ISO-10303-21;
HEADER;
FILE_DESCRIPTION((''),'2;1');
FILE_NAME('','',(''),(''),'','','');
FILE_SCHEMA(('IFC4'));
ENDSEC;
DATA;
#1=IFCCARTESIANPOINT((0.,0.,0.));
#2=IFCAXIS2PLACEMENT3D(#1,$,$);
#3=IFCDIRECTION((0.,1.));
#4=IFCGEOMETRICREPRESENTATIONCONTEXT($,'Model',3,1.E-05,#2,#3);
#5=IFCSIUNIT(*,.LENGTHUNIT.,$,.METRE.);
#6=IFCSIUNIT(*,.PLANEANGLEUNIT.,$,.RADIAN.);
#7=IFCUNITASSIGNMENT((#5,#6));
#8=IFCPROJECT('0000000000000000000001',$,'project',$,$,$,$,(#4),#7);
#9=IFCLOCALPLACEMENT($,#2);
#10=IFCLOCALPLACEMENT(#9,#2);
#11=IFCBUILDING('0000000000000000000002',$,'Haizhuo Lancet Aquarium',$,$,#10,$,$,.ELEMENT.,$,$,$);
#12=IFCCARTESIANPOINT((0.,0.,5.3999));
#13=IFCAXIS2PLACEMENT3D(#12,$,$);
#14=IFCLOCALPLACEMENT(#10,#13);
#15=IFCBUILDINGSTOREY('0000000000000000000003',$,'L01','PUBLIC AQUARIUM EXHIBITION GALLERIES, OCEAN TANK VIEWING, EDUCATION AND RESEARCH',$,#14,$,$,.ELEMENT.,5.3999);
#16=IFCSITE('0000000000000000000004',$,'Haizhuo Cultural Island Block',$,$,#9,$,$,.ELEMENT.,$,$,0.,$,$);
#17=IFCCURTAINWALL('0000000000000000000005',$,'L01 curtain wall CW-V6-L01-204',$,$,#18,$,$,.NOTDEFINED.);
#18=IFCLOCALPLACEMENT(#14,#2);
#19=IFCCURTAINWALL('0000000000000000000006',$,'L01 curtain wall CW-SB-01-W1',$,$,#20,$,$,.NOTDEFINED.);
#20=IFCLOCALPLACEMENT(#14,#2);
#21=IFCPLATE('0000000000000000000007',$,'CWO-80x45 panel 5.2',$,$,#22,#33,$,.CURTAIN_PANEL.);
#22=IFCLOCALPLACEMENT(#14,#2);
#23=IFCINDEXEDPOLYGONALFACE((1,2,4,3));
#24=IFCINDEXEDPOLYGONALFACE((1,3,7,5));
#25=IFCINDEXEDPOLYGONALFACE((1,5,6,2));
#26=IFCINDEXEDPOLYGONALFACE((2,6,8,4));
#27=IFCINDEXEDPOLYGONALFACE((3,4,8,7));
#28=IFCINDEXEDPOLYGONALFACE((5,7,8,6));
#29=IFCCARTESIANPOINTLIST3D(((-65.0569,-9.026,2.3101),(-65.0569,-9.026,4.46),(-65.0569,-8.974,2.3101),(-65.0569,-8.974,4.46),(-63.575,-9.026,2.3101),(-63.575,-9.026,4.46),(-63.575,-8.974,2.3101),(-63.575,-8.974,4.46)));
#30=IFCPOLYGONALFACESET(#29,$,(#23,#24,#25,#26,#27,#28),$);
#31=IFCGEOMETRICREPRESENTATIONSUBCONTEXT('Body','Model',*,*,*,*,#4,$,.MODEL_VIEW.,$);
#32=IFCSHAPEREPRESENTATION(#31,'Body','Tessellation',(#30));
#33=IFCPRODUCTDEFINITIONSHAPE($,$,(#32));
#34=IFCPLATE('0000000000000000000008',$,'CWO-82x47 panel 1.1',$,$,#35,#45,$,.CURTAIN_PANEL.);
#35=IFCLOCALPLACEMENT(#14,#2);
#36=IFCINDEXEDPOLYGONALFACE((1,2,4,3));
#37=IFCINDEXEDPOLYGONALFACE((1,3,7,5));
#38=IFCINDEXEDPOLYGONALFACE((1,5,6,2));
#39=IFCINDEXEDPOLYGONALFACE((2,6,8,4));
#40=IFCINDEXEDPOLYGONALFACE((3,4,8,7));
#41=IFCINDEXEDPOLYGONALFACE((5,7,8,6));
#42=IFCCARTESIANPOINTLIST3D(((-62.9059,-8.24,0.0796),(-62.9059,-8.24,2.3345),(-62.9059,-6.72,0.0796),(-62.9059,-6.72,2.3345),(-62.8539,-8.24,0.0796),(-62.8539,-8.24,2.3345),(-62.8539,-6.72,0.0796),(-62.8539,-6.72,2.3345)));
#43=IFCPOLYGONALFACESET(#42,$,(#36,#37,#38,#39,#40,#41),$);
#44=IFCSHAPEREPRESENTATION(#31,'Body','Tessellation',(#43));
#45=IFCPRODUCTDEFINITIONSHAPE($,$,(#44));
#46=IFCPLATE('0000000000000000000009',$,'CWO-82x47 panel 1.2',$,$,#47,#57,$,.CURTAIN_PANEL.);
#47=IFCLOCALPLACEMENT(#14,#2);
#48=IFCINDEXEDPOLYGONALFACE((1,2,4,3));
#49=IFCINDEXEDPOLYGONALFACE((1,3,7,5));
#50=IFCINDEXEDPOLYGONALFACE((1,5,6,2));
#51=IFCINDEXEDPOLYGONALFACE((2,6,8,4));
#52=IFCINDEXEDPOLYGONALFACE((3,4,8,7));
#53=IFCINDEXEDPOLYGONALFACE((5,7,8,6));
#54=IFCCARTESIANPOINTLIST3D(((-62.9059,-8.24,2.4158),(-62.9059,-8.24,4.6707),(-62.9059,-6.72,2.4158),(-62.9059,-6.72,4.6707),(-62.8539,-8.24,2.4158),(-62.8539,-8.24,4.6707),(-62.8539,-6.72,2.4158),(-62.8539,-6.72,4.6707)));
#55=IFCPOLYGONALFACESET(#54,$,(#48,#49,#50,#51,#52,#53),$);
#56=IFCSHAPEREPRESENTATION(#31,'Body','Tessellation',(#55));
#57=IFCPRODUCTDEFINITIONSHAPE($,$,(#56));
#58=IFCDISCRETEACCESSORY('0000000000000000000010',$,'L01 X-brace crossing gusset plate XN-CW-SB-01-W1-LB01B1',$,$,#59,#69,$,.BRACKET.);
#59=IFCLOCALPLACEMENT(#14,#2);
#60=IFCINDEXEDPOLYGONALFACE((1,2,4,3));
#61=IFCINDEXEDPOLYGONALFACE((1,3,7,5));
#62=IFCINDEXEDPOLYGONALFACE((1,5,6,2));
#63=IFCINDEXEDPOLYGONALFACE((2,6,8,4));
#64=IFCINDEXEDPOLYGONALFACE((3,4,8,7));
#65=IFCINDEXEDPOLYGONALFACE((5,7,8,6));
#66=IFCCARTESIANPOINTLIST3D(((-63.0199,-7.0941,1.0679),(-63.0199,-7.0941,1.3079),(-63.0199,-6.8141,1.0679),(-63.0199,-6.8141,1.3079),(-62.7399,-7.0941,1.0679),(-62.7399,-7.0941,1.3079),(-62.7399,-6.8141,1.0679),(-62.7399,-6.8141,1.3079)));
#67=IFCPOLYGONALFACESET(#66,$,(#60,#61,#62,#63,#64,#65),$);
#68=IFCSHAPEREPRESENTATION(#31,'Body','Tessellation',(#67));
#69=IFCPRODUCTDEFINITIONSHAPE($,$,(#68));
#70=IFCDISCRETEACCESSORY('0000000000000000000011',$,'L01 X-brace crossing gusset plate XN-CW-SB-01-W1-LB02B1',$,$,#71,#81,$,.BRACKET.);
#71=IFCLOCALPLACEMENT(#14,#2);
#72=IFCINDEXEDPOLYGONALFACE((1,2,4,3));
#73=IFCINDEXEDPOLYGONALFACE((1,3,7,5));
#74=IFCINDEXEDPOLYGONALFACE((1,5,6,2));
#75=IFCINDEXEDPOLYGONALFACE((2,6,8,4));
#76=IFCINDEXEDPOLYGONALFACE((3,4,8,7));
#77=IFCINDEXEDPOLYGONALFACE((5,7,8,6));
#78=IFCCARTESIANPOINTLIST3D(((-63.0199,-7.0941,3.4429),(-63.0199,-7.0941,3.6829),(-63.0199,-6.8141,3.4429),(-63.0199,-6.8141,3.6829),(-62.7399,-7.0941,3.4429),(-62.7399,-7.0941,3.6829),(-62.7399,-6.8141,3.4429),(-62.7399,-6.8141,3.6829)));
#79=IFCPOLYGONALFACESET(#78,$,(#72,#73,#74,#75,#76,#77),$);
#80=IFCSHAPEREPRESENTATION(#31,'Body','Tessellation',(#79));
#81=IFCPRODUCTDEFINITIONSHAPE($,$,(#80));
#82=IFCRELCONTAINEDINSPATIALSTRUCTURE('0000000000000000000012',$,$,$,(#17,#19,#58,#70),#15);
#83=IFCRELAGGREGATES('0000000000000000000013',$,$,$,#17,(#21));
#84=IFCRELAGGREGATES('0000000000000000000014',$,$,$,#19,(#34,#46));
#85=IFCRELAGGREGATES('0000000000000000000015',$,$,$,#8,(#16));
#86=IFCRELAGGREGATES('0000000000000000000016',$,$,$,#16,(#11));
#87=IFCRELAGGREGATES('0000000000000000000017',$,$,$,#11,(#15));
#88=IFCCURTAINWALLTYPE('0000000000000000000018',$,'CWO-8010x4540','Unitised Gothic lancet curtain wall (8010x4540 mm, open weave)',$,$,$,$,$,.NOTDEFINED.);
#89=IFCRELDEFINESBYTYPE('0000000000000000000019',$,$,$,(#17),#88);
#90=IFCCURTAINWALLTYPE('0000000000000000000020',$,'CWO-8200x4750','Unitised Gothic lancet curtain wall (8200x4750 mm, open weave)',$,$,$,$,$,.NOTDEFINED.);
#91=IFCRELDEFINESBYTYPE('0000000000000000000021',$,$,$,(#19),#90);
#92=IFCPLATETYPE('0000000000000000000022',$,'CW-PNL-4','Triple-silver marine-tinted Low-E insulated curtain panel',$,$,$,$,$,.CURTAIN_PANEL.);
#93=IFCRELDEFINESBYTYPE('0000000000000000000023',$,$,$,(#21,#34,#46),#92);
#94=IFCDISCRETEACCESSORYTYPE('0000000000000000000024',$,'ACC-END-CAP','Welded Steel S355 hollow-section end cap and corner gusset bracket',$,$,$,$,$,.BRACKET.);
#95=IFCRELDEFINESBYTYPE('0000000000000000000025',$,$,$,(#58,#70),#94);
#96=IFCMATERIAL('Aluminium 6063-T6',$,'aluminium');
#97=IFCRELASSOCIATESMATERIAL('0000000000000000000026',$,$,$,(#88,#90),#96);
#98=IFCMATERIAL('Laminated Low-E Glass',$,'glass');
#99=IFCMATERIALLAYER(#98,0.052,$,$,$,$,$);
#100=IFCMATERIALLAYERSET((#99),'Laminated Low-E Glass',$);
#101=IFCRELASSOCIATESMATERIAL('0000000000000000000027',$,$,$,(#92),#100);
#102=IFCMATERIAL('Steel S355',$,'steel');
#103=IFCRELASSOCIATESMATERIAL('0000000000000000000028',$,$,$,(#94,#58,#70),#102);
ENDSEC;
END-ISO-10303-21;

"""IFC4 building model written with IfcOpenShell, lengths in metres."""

from ifc_helpers import new_model, si_unit, direction, frame, origin, origin_2d, place, context, subcontext, project, spatial, rectangle, extrude, material, layer, layer_set, type_object, element, aggregate, save


model = new_model("IFC4")

# Units and contexts
model_context = context("Model", 3, precision=1e-05, world=origin(), true_north=direction((0.0, 1.0)))
body_context = subcontext(model_context, "Body", "Model", "MODEL_VIEW")
ifc_project = project(units=[si_unit("LENGTHUNIT", "METRE"), si_unit("PLANEANGLEUNIT", "RADIAN")], contexts=[model_context])

# Site, building, storey
site_placement = place(None, origin())
site = spatial("IfcSite", under=ifc_project, at=site_placement, Name="Haizhuo Cultural Island Block", CompositionType="ELEMENT", RefElevation=0.0)
building_placement = place(site_placement, origin())
building = spatial("IfcBuilding", under=site, at=building_placement, Name="Haizhuo Lancet Aquarium", CompositionType="ELEMENT")
storey_placement = place(building_placement, frame((0.0, 0.0, 5.3999)))
storey = spatial("IfcBuildingStorey", under=building, at=storey_placement, Name="L01", Description="PUBLIC AQUARIUM EXHIBITION GALLERIES, OCEAN TANK VIEWING, EDUCATION AND RESEARCH", CompositionType="ELEMENT", Elevation=5.3999)

# Shared definitions
ifc_material_1 = material(Name="Steel S355", Category="steel")

# Curtain wall
ifc_material_2 = material(Name="Aluminium 6063-T6", Category="aluminium")
curtain_wall_type_1 = type_object("IfcCurtainWallType", Name="CWO-8010x4540", Description="Unitised Gothic lancet curtain wall (8010x4540 mm, open weave)", PredefinedType="NOTDEFINED", material=ifc_material_2)
curtain_wall_1_placement = place(storey_placement, origin())
curtain_wall_1 = element("IfcCurtainWall", 1, at=curtain_wall_1_placement, inside=storey, type_object=curtain_wall_type_1, Name="L01 curtain wall CW-V6-L01-204", PredefinedType="NOTDEFINED")

# Curtain wall
curtain_wall_type_2 = type_object("IfcCurtainWallType", Name="CWO-8200x4750", Description="Unitised Gothic lancet curtain wall (8200x4750 mm, open weave)", PredefinedType="NOTDEFINED", material=ifc_material_2)
curtain_wall_2_placement = place(storey_placement, origin())
curtain_wall_2 = element("IfcCurtainWall", 2, at=curtain_wall_2_placement, inside=storey, type_object=curtain_wall_type_2, Name="L01 curtain wall CW-SB-01-W1", PredefinedType="NOTDEFINED")

# Plates
ifc_material_3 = material(Name="Laminated Low-E Glass", Category="glass")
ifc_layer = layer(ifc_material_3, 0.052)
ifc_layer_set = layer_set([ifc_layer], Name="Laminated Low-E Glass")
plate_type = type_object("IfcPlateType", Name="CW-PNL-4", Description="Triple-silver marine-tinted Low-E insulated curtain panel", PredefinedType="CURTAIN_PANEL", material=ifc_layer_set)
plate_1_placement = place(storey_placement, frame((-64.3159, -9.0, 2.3101), z_axis=(0.0, 0.0, 1.0), x_axis=(1.0, 0.0, 0.0)))
plate_1 = element("IfcPlate", 3, at=plate_1_placement, type_object=plate_type, Name="CWO-80x45 panel 5.2", PredefinedType="CURTAIN_PANEL", context=body_context, shape_type="SweptSolid", body=[
    extrude(rectangle(XDim=1.4819, YDim=0.052, at=origin_2d()), origin(), (0.0, 0.0, 1.0), 2.1499),
])
aggregate(curtain_wall_1, [plate_1])
plate_2_placement = place(storey_placement, frame((-62.8799, -7.48, 0.0796), z_axis=(0.0, 0.0, 1.0), x_axis=(0.0, 1.0, 0.0)))
plate_2 = element("IfcPlate", 4, at=plate_2_placement, type_object=plate_type, Name="CWO-82x47 panel 1.1", PredefinedType="CURTAIN_PANEL", context=body_context, shape_type="SweptSolid", body=[
    extrude(rectangle(XDim=1.52, YDim=0.052, at=origin_2d()), origin(), (0.0, 0.0, 1.0), 2.2549),
])
plate_3_placement = place(storey_placement, frame((-62.8799, -7.48, 2.4158), z_axis=(0.0, 0.0, 1.0), x_axis=(0.0, 1.0, 0.0)))
plate_3 = element("IfcPlate", 5, at=plate_3_placement, type_object=plate_type, Name="CWO-82x47 panel 1.2", PredefinedType="CURTAIN_PANEL", context=body_context, shape_type="SweptSolid", body=[
    extrude(rectangle(XDim=1.52, YDim=0.052, at=origin_2d()), origin(), (0.0, 0.0, 1.0), 2.2549),
])
aggregate(curtain_wall_2, [plate_2, plate_3])

# Discrete accessories
discrete_accessory_type = type_object("IfcDiscreteAccessoryType", Name="ACC-END-CAP", Description="Welded Steel S355 hollow-section end cap and corner gusset bracket", PredefinedType="BRACKET", material=ifc_material_1)
for number, where, z_axis, x_axis, name in (
    (6, (-62.8799, -6.9541, 1.0679), (0.0, 0.0, 1.0), (1.0, 0.0, 0.0), "L01 X-brace crossing gusset plate XN-CW-SB-01-W1-LB01B1"),
    (7, (-62.8799, -6.9541, 3.4429), (0.0, 0.0, 1.0), (1.0, 0.0, 0.0), "L01 X-brace crossing gusset plate XN-CW-SB-01-W1-LB02B1"),
):
    element("IfcDiscreteAccessory", number, at=place(storey_placement, frame(where, z_axis=z_axis, x_axis=x_axis)), inside=storey, type_object=discrete_accessory_type, material=ifc_material_1, Name=name, PredefinedType="BRACKET", context=body_context, shape_type="SweptSolid", body=[
        extrude(rectangle(XDim=0.28, YDim=0.28, at=origin_2d()), origin(), (0.0, 0.0, 1.0), 0.24),
    ])

save(model, "model.ifc")
